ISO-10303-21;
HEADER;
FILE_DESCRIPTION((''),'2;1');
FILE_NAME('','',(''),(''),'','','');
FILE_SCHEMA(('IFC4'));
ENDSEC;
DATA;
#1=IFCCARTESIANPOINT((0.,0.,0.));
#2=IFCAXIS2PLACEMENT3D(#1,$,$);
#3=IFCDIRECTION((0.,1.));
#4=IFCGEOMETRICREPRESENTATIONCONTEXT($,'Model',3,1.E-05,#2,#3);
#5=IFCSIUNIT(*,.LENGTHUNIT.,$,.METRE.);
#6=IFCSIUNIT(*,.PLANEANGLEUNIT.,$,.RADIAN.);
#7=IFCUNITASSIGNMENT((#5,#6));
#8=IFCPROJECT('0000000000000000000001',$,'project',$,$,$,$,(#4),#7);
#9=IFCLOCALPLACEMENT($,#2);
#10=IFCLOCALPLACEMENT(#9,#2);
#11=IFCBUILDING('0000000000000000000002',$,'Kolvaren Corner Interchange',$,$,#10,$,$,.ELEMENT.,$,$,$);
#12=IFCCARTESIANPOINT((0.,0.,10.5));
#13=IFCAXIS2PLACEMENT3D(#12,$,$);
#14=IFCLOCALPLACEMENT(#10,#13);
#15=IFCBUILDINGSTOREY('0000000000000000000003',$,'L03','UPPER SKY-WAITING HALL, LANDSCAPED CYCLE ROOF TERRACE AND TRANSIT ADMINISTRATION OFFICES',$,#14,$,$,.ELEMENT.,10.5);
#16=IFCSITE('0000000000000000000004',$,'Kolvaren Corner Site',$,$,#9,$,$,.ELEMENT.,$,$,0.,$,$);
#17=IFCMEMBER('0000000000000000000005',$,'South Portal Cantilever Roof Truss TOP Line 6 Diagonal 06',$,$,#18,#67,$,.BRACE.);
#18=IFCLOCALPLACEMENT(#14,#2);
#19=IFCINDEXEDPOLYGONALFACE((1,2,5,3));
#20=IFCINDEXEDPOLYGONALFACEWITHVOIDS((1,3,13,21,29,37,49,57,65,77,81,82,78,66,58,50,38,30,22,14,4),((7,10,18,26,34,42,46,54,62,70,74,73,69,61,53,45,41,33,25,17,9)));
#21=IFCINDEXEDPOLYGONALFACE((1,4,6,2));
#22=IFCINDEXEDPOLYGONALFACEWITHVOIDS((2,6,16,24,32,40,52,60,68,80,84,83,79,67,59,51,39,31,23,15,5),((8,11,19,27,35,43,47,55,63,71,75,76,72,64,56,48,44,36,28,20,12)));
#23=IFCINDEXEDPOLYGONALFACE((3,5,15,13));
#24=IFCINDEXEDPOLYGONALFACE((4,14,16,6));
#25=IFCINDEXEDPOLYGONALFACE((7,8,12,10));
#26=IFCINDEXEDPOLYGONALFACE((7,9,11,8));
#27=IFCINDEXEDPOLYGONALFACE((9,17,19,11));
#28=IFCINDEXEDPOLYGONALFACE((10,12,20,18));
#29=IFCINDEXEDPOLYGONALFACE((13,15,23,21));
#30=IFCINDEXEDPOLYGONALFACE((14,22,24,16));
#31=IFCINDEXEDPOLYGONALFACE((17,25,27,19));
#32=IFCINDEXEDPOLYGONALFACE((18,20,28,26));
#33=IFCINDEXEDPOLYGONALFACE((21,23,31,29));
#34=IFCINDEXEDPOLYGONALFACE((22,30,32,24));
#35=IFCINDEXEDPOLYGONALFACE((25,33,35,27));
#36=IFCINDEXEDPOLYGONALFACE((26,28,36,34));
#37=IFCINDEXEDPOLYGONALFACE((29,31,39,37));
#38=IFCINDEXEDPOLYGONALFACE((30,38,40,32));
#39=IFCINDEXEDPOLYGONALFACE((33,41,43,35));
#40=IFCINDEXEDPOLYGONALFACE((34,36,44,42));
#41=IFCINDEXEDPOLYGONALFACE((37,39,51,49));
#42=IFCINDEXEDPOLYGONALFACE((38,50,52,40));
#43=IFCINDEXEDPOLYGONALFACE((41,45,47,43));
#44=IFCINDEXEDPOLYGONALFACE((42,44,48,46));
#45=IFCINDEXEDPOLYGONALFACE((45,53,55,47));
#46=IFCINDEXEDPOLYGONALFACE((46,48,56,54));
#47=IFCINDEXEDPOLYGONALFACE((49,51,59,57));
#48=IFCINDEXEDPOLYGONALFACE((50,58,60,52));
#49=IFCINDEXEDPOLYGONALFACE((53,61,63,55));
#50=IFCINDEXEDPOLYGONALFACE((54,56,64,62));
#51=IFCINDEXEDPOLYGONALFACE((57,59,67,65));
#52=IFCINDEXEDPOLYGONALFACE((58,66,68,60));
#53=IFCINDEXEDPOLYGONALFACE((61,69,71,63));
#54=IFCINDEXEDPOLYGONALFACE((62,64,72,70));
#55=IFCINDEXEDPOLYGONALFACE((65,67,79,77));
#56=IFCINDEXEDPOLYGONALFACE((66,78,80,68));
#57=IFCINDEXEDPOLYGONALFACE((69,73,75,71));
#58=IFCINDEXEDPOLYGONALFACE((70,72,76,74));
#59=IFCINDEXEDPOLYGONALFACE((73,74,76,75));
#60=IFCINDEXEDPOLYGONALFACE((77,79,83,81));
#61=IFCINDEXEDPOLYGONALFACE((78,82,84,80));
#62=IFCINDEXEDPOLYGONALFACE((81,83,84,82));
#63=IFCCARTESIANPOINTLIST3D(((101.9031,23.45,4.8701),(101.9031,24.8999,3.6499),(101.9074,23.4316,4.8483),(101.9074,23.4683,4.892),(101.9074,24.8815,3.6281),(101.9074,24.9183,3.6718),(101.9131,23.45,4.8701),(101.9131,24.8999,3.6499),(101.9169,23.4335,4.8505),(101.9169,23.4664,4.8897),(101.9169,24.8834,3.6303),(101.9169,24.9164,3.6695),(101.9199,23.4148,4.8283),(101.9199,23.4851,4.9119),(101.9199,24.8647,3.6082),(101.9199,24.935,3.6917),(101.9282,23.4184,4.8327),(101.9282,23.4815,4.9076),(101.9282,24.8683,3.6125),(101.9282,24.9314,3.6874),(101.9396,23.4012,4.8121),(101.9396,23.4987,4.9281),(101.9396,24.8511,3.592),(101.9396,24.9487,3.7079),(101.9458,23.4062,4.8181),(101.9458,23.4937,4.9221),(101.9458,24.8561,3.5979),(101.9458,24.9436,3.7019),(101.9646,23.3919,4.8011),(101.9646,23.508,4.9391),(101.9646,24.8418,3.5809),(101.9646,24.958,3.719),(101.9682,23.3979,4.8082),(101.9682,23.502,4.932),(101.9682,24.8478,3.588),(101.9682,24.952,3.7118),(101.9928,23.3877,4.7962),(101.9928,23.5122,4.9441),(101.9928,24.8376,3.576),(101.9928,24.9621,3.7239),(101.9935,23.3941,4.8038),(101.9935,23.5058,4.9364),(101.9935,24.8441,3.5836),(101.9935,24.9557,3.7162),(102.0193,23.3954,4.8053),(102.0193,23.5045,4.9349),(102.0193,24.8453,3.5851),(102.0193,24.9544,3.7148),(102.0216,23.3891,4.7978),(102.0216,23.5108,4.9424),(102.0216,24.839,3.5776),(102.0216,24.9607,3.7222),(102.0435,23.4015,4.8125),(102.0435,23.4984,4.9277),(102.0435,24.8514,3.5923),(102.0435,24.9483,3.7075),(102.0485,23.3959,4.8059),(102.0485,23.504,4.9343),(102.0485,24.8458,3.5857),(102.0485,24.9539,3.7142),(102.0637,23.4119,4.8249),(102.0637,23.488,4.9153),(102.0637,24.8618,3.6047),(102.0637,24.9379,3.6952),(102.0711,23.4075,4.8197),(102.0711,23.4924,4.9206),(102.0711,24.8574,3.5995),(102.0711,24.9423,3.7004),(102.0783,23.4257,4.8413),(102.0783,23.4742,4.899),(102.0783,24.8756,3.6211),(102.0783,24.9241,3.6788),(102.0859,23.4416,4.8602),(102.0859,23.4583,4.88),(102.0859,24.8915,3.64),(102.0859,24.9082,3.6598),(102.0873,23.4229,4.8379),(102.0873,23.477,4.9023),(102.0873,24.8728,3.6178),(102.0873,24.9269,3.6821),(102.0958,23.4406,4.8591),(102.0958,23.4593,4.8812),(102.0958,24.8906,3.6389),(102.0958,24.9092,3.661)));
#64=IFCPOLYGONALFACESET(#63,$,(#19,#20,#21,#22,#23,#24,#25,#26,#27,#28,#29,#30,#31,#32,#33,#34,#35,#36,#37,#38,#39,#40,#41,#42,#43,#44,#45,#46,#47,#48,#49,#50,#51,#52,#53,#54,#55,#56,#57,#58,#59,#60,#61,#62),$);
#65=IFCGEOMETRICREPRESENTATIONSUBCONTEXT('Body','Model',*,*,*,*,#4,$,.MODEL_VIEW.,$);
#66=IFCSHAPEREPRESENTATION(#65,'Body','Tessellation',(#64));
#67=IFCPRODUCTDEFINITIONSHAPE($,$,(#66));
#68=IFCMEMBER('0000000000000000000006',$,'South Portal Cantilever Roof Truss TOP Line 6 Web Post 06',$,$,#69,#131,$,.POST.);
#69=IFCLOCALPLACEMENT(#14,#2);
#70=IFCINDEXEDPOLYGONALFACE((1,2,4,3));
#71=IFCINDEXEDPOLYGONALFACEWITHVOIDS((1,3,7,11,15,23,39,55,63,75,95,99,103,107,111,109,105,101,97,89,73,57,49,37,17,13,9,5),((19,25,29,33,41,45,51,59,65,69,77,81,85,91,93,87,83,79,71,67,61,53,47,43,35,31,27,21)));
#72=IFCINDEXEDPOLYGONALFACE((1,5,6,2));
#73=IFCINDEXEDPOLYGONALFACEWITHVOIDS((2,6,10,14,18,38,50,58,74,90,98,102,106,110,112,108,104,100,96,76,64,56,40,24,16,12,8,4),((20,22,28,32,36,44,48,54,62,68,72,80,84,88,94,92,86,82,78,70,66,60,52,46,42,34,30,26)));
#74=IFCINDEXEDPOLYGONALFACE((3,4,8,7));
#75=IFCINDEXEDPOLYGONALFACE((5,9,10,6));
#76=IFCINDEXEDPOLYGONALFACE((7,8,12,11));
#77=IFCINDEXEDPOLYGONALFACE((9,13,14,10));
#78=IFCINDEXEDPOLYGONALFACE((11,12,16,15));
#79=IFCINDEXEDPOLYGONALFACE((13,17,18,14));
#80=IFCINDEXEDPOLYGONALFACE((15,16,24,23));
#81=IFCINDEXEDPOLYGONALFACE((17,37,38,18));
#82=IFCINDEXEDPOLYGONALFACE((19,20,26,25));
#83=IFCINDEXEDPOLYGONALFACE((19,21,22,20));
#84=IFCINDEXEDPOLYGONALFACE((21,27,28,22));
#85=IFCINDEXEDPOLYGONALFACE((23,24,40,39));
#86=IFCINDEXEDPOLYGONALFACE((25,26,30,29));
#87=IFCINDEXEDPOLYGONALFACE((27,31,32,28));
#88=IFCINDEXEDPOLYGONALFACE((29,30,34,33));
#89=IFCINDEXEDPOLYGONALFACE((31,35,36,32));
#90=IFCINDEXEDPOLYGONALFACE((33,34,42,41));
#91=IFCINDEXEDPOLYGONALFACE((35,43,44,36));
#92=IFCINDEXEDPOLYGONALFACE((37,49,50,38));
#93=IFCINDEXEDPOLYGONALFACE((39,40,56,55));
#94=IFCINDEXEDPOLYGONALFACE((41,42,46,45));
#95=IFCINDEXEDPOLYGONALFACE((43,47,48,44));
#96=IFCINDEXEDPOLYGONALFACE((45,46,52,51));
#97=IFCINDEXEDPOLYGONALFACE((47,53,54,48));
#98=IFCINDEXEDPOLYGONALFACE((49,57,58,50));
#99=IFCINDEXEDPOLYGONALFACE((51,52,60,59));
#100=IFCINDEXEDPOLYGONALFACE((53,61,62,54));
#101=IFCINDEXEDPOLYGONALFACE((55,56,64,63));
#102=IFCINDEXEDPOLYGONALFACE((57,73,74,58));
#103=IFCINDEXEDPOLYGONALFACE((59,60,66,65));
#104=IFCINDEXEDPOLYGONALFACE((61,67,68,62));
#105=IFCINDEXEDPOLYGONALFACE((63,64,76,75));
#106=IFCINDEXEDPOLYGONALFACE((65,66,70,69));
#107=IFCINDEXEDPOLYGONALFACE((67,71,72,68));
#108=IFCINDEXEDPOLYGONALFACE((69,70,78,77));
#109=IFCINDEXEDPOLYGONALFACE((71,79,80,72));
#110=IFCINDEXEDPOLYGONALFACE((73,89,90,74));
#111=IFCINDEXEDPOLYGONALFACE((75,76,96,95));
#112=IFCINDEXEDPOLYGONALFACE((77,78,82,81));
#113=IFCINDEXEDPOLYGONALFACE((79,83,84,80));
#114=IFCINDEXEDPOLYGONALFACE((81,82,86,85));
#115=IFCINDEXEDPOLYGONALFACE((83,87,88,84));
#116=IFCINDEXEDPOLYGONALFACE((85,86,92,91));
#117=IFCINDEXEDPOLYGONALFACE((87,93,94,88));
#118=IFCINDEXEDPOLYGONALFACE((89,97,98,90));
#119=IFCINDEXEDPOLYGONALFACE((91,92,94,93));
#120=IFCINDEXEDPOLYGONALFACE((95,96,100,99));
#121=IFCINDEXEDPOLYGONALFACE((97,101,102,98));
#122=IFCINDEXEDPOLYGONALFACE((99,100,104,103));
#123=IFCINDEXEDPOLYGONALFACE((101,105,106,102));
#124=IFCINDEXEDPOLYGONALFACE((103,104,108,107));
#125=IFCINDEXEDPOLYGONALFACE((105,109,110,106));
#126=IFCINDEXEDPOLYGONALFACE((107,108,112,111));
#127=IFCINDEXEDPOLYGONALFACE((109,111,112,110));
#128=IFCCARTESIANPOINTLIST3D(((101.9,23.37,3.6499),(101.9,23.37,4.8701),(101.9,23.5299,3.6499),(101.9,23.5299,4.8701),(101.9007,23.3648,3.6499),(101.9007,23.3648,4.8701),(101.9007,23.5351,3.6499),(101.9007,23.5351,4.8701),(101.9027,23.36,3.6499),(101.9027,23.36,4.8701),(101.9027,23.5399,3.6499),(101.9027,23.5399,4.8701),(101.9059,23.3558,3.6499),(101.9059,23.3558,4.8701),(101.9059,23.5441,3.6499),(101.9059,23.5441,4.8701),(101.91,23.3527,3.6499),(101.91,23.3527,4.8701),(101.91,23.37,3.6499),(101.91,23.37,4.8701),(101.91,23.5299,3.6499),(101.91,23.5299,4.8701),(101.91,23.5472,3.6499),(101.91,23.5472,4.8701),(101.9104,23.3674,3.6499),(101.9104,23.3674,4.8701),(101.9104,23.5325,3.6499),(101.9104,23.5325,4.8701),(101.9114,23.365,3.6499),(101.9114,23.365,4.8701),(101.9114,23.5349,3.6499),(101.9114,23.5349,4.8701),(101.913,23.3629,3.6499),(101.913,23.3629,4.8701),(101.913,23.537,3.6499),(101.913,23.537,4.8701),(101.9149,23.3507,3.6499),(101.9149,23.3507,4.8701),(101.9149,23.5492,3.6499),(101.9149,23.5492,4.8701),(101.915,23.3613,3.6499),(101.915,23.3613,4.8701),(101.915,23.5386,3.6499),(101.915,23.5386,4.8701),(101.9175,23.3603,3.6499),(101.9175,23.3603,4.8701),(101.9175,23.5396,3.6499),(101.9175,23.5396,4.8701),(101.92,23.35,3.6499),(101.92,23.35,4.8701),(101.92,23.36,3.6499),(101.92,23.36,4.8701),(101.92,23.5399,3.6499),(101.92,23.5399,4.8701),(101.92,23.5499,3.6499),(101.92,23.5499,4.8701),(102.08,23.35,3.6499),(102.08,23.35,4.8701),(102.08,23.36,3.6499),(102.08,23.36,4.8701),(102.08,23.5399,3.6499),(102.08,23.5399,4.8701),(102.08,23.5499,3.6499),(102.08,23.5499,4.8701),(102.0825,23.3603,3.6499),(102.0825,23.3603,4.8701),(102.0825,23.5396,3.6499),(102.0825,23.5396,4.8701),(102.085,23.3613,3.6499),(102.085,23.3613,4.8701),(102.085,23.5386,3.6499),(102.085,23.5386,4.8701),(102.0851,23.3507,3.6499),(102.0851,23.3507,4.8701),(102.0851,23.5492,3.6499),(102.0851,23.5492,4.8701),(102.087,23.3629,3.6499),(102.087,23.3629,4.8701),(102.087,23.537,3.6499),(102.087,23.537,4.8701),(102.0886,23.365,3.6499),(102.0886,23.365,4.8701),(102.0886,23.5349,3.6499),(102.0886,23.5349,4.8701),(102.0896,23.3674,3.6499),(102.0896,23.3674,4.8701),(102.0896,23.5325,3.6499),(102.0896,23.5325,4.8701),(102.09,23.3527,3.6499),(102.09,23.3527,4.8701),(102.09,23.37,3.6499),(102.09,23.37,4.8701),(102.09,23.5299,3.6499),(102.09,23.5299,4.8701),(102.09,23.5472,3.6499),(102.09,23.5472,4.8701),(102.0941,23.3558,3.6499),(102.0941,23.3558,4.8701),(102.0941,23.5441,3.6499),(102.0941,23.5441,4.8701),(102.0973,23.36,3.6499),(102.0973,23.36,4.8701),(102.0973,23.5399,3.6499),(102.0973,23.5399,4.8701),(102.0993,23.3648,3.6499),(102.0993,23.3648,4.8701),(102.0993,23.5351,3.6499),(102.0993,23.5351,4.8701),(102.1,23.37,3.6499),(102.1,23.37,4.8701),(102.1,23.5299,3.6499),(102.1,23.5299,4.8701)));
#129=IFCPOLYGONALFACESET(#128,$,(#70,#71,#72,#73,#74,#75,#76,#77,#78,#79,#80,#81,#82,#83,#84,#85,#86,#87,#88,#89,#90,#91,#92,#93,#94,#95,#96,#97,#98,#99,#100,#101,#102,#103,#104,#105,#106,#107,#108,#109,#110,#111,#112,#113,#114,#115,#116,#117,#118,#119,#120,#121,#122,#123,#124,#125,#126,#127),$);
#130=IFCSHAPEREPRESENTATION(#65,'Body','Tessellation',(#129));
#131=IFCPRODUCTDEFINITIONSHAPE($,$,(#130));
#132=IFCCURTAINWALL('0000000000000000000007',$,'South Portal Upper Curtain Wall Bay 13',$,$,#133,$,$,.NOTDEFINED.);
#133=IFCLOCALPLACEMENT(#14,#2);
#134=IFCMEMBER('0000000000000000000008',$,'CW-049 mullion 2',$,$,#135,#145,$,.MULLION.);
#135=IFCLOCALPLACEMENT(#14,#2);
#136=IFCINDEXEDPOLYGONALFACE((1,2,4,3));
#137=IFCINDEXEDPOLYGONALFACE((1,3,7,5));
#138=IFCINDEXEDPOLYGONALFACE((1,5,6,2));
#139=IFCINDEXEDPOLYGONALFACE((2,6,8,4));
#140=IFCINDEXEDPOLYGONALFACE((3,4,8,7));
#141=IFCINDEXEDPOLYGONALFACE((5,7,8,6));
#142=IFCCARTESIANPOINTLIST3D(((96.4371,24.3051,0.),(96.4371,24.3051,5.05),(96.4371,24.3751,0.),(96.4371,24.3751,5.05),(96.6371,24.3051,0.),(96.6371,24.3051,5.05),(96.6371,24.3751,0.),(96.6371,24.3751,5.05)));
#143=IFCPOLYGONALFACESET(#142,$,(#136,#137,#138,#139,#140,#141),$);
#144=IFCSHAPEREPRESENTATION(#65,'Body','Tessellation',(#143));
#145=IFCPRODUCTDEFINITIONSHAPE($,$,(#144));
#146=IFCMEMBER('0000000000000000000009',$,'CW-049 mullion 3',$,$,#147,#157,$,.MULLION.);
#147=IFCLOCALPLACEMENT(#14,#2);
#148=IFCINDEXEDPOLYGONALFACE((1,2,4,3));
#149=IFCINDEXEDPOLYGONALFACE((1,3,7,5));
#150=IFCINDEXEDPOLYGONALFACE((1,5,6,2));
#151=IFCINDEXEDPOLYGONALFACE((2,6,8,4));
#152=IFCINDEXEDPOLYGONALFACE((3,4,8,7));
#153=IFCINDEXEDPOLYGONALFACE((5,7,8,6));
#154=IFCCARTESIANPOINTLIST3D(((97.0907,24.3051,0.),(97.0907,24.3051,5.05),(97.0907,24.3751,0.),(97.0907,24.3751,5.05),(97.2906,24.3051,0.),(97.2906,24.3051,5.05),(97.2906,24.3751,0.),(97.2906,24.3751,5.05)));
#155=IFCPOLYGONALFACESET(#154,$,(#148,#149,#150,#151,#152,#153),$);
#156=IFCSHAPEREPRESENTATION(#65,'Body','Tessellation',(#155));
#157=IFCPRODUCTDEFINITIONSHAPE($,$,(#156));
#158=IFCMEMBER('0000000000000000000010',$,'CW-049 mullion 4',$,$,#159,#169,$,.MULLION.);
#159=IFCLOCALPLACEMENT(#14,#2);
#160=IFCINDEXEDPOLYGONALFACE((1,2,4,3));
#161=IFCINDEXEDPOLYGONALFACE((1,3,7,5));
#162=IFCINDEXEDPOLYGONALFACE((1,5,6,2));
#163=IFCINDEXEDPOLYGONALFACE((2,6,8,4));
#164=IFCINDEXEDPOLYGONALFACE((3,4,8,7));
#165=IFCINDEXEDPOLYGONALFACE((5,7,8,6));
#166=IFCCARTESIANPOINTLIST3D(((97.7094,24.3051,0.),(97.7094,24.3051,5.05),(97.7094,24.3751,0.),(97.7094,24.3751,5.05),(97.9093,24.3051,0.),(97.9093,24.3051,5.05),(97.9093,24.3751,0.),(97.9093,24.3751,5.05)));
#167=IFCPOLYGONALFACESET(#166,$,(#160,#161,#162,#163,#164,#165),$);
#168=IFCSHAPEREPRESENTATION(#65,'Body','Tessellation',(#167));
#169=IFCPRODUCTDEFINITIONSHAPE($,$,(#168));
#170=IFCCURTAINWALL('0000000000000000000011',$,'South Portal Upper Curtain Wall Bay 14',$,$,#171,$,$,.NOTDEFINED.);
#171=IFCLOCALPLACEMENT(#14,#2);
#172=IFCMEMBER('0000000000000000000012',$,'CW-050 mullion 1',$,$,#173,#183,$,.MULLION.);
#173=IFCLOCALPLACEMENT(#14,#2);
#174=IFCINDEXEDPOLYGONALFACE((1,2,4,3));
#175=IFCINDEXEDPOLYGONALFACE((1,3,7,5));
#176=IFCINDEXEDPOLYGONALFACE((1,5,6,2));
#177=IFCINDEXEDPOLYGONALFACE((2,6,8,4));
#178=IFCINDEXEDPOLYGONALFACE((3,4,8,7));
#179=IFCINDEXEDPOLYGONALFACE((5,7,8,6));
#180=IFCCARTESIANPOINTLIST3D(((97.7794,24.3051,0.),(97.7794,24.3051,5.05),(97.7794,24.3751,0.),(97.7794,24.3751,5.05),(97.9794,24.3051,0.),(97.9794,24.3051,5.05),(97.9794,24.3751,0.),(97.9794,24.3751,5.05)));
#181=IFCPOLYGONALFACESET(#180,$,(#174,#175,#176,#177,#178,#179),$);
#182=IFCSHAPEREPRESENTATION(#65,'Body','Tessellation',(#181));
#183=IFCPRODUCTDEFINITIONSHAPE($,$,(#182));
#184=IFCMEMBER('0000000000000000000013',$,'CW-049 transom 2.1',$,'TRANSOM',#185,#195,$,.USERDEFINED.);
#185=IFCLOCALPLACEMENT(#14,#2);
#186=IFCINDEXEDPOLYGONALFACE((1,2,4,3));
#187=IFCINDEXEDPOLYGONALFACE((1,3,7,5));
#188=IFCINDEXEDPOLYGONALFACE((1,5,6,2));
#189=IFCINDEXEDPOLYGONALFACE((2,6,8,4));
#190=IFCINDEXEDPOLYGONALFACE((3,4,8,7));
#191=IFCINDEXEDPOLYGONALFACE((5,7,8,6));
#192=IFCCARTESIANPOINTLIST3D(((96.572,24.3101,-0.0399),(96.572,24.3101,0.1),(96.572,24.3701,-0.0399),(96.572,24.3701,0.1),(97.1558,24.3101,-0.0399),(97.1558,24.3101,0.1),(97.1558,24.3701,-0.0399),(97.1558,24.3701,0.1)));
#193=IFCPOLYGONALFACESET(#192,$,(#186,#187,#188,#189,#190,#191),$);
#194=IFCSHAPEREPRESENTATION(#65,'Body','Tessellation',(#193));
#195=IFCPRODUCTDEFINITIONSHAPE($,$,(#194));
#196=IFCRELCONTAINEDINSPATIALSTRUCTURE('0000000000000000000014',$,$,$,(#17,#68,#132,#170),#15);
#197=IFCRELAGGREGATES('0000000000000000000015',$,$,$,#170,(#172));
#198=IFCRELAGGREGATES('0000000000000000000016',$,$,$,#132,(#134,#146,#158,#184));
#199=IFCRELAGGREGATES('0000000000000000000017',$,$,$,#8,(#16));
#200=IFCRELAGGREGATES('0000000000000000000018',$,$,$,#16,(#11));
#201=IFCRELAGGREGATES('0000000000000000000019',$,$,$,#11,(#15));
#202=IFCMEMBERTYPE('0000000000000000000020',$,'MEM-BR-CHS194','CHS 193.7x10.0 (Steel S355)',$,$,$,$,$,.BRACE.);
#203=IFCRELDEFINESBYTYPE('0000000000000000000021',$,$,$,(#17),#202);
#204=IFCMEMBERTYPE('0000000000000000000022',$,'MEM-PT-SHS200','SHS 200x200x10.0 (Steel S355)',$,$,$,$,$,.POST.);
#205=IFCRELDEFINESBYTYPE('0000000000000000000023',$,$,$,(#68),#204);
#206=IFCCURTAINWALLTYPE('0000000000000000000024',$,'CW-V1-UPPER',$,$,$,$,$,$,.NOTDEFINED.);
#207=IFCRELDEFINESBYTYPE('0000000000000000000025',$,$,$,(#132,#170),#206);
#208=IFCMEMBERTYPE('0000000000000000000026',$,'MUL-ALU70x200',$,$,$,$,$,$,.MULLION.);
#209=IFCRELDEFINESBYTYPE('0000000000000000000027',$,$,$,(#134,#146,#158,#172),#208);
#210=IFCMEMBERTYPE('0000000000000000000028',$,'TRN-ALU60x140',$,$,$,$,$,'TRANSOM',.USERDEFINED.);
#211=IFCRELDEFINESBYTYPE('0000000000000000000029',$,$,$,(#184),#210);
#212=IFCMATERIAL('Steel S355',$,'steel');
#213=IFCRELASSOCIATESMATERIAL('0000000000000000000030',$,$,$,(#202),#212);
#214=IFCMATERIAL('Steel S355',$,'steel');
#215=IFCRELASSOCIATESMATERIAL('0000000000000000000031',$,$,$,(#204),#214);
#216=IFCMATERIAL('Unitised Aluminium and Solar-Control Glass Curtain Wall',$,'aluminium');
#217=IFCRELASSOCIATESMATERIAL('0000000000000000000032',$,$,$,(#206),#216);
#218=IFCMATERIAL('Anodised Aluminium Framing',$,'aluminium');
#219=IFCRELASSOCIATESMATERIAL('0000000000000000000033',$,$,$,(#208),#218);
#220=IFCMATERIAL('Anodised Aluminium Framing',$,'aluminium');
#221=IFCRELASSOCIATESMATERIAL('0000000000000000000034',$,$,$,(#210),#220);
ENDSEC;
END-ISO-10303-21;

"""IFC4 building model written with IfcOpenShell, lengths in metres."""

from ifc_helpers import new_model, si_unit, direction, frame, origin, origin_2d, place, context, subcontext, project, spatial, rectangle, hollow_rectangle, hollow_circle, extrude, material, material_profile, profile_set, type_object, element, aggregate, save


model = new_model("IFC4")

# Units and contexts
model_context = context("Model", 3, precision=1e-05, world=origin(), true_north=direction((0.0, 1.0)))
body_context = subcontext(model_context, "Body", "Model", "MODEL_VIEW")
ifc_project = project(units=[si_unit("LENGTHUNIT", "METRE"), si_unit("PLANEANGLEUNIT", "RADIAN")], contexts=[model_context])

# Site, building, storey
site_placement = place(None, origin())
site = spatial("IfcSite", under=ifc_project, at=site_placement, Name="Kolvaren Corner Site", CompositionType="ELEMENT", RefElevation=0.0)
building_placement = place(site_placement, origin())
building = spatial("IfcBuilding", under=site, at=building_placement, Name="Kolvaren Corner Interchange", CompositionType="ELEMENT")
storey_placement = place(building_placement, frame((0.0, 0.0, 10.5)))
storey = spatial("IfcBuildingStorey", under=building, at=storey_placement, Name="L03", Description="UPPER SKY-WAITING HALL, LANDSCAPED CYCLE ROOF TERRACE AND TRANSIT ADMINISTRATION OFFICES", CompositionType="ELEMENT", Elevation=10.5)

# Members
ifc_material_1 = material(Name="Steel S355", Category="steel")
ifc_material_profile_1 = material_profile(ifc_material_1, hollow_circle(Radius=0.0969, WallThickness=0.01, at=origin_2d()), Name="CHS 193.7x10.0")
ifc_profile_set_1 = profile_set([ifc_material_profile_1], Name="Steel S355")
member_type_1 = type_object("IfcMemberType", Name="MEM-BR-CHS194", Description="CHS 193.7x10.0 (Steel S355)", PredefinedType="BRACE", material=ifc_profile_set_1)
member_1_placement = place(storey_placement, frame((102.0, 23.45, 4.8701), z_axis=(0.0, 0.765118, -0.64389), x_axis=(-1.0, 0.0, 0.0)))
element("IfcMember", 1, at=member_1_placement, inside=storey, type_object=member_type_1, Name="South Portal Cantilever Roof Truss TOP Line 6 Diagonal 06", PredefinedType="BRACE", context=body_context, shape_type="SweptSolid", body=[
    extrude(hollow_circle(Radius=0.0969, WallThickness=0.01, at=origin_2d()), origin(), (0.0, 0.0, 1.0), 1.895),
])
ifc_material_2 = material(Name="Steel S355", Category="steel")
ifc_material_profile_2 = material_profile(ifc_material_2, hollow_rectangle(XDim=0.2, YDim=0.2, WallThickness=0.01, InnerFilletRadius=0.01, OuterFilletRadius=0.02, at=origin_2d()), Name="SHS 200x200x10.0")
ifc_profile_set_2 = profile_set([ifc_material_profile_2], Name="Steel S355")
member_type_2 = type_object("IfcMemberType", Name="MEM-PT-SHS200", Description="SHS 200x200x10.0 (Steel S355)", PredefinedType="POST", material=ifc_profile_set_2)
member_2_placement = place(storey_placement, frame((102.0, 23.45, 3.6499), z_axis=(0.0, 0.0, 1.0), x_axis=(1.0, 0.0, 0.0)))
element("IfcMember", 2, at=member_2_placement, inside=storey, type_object=member_type_2, Name="South Portal Cantilever Roof Truss TOP Line 6 Web Post 06", PredefinedType="POST", context=body_context, shape_type="SweptSolid", body=[
    extrude(hollow_rectangle(XDim=0.2, YDim=0.2, WallThickness=0.01, InnerFilletRadius=0.01, OuterFilletRadius=0.02, at=origin_2d()), origin(), (0.0, 0.0, 1.0), 1.2202),
])

# Curtain wall, members
ifc_material_3 = material(Name="Unitised Aluminium and Solar-Control Glass Curtain Wall", Category="aluminium")
curtain_wall_type = type_object("IfcCurtainWallType", Name="CW-V1-UPPER", PredefinedType="NOTDEFINED", material=ifc_material_3)
curtain_wall_1_placement = place(storey_placement, origin())
curtain_wall_1 = element("IfcCurtainWall", 3, at=curtain_wall_1_placement, inside=storey, type_object=curtain_wall_type, Name="South Portal Upper Curtain Wall Bay 13", PredefinedType="NOTDEFINED")
ifc_material_4 = material(Name="Anodised Aluminium Framing", Category="aluminium")
ifc_material_profile_3 = material_profile(ifc_material_4, rectangle(XDim=0.0701, YDim=0.2, at=origin_2d()), Name="ALU 70x200")
ifc_profile_set_3 = profile_set([ifc_material_profile_3], Name="Anodised Aluminium Framing")
member_type_3 = type_object("IfcMemberType", Name="MUL-ALU70x200", PredefinedType="MULLION", material=ifc_profile_set_3)
member_3_placement = place(storey_placement, frame((96.5371, 24.3401, 0.0), z_axis=(0.0, 0.0, 1.0), x_axis=(0.0, 1.0, 0.0)))
member_3 = element("IfcMember", 4, at=member_3_placement, type_object=member_type_3, Name="CW-049 mullion 2", PredefinedType="MULLION", context=body_context, shape_type="SweptSolid", body=[
    extrude(rectangle(XDim=0.0701, YDim=0.2, at=origin_2d()), origin(), (0.0, 0.0, 1.0), 5.05),
])
member_4_placement = place(storey_placement, frame((97.1907, 24.3401, 0.0), z_axis=(0.0, 0.0, 1.0), x_axis=(0.0, 1.0, 0.0)))
member_4 = element("IfcMember", 5, at=member_4_placement, type_object=member_type_3, Name="CW-049 mullion 3", PredefinedType="MULLION", context=body_context, shape_type="SweptSolid", body=[
    extrude(rectangle(XDim=0.0701, YDim=0.2, at=origin_2d()), origin(), (0.0, 0.0, 1.0), 5.05),
])
member_5_placement = place(storey_placement, frame((97.8093, 24.3401, 0.0), z_axis=(0.0, 0.0, 1.0), x_axis=(0.0, 1.0, 0.0)))
member_5 = element("IfcMember", 6, at=member_5_placement, type_object=member_type_3, Name="CW-049 mullion 4", PredefinedType="MULLION", context=body_context, shape_type="SweptSolid", body=[
    extrude(rectangle(XDim=0.0701, YDim=0.2, at=origin_2d()), origin(), (0.0, 0.0, 1.0), 5.05),
])

# Curtain wall, member
curtain_wall_2_placement = place(storey_placement, origin())
curtain_wall_2 = element("IfcCurtainWall", 7, at=curtain_wall_2_placement, inside=storey, type_object=curtain_wall_type, Name="South Portal Upper Curtain Wall Bay 14", PredefinedType="NOTDEFINED")
member_6_placement = place(storey_placement, frame((97.8794, 24.3401, 0.0), z_axis=(0.0, 0.0, 1.0), x_axis=(0.0, 1.0, 0.0)))
member_6 = element("IfcMember", 8, at=member_6_placement, type_object=member_type_3, Name="CW-050 mullion 1", PredefinedType="MULLION", context=body_context, shape_type="SweptSolid", body=[
    extrude(rectangle(XDim=0.0701, YDim=0.2, at=origin_2d()), origin(), (0.0, 0.0, 1.0), 5.05),
])
aggregate(curtain_wall_2, [member_6])

# Member
ifc_material_5 = material(Name="Anodised Aluminium Framing", Category="aluminium")
ifc_material_profile_4 = material_profile(ifc_material_5, rectangle(XDim=0.0601, YDim=0.1399, at=origin_2d()), Name="ALU 60x140")
ifc_profile_set_4 = profile_set([ifc_material_profile_4], Name="Anodised Aluminium Framing")
member_type_4 = type_object("IfcMemberType", Name="TRN-ALU60x140", ElementType="TRANSOM", PredefinedType="USERDEFINED", material=ifc_profile_set_4)
member_7_placement = place(storey_placement, frame((96.572, 24.3401, 0.03), z_axis=(1.0, 0.0, 0.0), x_axis=(0.0, 1.0, 0.0)))
member_7 = element("IfcMember", 9, at=member_7_placement, type_object=member_type_4, Name="CW-049 transom 2.1", ObjectType="TRANSOM", PredefinedType="USERDEFINED", context=body_context, shape_type="SweptSolid", body=[
    extrude(rectangle(XDim=0.0601, YDim=0.1399, at=origin_2d()), origin(), (0.0, 0.0, 1.0), 0.5837),
])

aggregate(curtain_wall_1, [member_3, member_4, member_5, member_7])

save(model, "model.ifc")
